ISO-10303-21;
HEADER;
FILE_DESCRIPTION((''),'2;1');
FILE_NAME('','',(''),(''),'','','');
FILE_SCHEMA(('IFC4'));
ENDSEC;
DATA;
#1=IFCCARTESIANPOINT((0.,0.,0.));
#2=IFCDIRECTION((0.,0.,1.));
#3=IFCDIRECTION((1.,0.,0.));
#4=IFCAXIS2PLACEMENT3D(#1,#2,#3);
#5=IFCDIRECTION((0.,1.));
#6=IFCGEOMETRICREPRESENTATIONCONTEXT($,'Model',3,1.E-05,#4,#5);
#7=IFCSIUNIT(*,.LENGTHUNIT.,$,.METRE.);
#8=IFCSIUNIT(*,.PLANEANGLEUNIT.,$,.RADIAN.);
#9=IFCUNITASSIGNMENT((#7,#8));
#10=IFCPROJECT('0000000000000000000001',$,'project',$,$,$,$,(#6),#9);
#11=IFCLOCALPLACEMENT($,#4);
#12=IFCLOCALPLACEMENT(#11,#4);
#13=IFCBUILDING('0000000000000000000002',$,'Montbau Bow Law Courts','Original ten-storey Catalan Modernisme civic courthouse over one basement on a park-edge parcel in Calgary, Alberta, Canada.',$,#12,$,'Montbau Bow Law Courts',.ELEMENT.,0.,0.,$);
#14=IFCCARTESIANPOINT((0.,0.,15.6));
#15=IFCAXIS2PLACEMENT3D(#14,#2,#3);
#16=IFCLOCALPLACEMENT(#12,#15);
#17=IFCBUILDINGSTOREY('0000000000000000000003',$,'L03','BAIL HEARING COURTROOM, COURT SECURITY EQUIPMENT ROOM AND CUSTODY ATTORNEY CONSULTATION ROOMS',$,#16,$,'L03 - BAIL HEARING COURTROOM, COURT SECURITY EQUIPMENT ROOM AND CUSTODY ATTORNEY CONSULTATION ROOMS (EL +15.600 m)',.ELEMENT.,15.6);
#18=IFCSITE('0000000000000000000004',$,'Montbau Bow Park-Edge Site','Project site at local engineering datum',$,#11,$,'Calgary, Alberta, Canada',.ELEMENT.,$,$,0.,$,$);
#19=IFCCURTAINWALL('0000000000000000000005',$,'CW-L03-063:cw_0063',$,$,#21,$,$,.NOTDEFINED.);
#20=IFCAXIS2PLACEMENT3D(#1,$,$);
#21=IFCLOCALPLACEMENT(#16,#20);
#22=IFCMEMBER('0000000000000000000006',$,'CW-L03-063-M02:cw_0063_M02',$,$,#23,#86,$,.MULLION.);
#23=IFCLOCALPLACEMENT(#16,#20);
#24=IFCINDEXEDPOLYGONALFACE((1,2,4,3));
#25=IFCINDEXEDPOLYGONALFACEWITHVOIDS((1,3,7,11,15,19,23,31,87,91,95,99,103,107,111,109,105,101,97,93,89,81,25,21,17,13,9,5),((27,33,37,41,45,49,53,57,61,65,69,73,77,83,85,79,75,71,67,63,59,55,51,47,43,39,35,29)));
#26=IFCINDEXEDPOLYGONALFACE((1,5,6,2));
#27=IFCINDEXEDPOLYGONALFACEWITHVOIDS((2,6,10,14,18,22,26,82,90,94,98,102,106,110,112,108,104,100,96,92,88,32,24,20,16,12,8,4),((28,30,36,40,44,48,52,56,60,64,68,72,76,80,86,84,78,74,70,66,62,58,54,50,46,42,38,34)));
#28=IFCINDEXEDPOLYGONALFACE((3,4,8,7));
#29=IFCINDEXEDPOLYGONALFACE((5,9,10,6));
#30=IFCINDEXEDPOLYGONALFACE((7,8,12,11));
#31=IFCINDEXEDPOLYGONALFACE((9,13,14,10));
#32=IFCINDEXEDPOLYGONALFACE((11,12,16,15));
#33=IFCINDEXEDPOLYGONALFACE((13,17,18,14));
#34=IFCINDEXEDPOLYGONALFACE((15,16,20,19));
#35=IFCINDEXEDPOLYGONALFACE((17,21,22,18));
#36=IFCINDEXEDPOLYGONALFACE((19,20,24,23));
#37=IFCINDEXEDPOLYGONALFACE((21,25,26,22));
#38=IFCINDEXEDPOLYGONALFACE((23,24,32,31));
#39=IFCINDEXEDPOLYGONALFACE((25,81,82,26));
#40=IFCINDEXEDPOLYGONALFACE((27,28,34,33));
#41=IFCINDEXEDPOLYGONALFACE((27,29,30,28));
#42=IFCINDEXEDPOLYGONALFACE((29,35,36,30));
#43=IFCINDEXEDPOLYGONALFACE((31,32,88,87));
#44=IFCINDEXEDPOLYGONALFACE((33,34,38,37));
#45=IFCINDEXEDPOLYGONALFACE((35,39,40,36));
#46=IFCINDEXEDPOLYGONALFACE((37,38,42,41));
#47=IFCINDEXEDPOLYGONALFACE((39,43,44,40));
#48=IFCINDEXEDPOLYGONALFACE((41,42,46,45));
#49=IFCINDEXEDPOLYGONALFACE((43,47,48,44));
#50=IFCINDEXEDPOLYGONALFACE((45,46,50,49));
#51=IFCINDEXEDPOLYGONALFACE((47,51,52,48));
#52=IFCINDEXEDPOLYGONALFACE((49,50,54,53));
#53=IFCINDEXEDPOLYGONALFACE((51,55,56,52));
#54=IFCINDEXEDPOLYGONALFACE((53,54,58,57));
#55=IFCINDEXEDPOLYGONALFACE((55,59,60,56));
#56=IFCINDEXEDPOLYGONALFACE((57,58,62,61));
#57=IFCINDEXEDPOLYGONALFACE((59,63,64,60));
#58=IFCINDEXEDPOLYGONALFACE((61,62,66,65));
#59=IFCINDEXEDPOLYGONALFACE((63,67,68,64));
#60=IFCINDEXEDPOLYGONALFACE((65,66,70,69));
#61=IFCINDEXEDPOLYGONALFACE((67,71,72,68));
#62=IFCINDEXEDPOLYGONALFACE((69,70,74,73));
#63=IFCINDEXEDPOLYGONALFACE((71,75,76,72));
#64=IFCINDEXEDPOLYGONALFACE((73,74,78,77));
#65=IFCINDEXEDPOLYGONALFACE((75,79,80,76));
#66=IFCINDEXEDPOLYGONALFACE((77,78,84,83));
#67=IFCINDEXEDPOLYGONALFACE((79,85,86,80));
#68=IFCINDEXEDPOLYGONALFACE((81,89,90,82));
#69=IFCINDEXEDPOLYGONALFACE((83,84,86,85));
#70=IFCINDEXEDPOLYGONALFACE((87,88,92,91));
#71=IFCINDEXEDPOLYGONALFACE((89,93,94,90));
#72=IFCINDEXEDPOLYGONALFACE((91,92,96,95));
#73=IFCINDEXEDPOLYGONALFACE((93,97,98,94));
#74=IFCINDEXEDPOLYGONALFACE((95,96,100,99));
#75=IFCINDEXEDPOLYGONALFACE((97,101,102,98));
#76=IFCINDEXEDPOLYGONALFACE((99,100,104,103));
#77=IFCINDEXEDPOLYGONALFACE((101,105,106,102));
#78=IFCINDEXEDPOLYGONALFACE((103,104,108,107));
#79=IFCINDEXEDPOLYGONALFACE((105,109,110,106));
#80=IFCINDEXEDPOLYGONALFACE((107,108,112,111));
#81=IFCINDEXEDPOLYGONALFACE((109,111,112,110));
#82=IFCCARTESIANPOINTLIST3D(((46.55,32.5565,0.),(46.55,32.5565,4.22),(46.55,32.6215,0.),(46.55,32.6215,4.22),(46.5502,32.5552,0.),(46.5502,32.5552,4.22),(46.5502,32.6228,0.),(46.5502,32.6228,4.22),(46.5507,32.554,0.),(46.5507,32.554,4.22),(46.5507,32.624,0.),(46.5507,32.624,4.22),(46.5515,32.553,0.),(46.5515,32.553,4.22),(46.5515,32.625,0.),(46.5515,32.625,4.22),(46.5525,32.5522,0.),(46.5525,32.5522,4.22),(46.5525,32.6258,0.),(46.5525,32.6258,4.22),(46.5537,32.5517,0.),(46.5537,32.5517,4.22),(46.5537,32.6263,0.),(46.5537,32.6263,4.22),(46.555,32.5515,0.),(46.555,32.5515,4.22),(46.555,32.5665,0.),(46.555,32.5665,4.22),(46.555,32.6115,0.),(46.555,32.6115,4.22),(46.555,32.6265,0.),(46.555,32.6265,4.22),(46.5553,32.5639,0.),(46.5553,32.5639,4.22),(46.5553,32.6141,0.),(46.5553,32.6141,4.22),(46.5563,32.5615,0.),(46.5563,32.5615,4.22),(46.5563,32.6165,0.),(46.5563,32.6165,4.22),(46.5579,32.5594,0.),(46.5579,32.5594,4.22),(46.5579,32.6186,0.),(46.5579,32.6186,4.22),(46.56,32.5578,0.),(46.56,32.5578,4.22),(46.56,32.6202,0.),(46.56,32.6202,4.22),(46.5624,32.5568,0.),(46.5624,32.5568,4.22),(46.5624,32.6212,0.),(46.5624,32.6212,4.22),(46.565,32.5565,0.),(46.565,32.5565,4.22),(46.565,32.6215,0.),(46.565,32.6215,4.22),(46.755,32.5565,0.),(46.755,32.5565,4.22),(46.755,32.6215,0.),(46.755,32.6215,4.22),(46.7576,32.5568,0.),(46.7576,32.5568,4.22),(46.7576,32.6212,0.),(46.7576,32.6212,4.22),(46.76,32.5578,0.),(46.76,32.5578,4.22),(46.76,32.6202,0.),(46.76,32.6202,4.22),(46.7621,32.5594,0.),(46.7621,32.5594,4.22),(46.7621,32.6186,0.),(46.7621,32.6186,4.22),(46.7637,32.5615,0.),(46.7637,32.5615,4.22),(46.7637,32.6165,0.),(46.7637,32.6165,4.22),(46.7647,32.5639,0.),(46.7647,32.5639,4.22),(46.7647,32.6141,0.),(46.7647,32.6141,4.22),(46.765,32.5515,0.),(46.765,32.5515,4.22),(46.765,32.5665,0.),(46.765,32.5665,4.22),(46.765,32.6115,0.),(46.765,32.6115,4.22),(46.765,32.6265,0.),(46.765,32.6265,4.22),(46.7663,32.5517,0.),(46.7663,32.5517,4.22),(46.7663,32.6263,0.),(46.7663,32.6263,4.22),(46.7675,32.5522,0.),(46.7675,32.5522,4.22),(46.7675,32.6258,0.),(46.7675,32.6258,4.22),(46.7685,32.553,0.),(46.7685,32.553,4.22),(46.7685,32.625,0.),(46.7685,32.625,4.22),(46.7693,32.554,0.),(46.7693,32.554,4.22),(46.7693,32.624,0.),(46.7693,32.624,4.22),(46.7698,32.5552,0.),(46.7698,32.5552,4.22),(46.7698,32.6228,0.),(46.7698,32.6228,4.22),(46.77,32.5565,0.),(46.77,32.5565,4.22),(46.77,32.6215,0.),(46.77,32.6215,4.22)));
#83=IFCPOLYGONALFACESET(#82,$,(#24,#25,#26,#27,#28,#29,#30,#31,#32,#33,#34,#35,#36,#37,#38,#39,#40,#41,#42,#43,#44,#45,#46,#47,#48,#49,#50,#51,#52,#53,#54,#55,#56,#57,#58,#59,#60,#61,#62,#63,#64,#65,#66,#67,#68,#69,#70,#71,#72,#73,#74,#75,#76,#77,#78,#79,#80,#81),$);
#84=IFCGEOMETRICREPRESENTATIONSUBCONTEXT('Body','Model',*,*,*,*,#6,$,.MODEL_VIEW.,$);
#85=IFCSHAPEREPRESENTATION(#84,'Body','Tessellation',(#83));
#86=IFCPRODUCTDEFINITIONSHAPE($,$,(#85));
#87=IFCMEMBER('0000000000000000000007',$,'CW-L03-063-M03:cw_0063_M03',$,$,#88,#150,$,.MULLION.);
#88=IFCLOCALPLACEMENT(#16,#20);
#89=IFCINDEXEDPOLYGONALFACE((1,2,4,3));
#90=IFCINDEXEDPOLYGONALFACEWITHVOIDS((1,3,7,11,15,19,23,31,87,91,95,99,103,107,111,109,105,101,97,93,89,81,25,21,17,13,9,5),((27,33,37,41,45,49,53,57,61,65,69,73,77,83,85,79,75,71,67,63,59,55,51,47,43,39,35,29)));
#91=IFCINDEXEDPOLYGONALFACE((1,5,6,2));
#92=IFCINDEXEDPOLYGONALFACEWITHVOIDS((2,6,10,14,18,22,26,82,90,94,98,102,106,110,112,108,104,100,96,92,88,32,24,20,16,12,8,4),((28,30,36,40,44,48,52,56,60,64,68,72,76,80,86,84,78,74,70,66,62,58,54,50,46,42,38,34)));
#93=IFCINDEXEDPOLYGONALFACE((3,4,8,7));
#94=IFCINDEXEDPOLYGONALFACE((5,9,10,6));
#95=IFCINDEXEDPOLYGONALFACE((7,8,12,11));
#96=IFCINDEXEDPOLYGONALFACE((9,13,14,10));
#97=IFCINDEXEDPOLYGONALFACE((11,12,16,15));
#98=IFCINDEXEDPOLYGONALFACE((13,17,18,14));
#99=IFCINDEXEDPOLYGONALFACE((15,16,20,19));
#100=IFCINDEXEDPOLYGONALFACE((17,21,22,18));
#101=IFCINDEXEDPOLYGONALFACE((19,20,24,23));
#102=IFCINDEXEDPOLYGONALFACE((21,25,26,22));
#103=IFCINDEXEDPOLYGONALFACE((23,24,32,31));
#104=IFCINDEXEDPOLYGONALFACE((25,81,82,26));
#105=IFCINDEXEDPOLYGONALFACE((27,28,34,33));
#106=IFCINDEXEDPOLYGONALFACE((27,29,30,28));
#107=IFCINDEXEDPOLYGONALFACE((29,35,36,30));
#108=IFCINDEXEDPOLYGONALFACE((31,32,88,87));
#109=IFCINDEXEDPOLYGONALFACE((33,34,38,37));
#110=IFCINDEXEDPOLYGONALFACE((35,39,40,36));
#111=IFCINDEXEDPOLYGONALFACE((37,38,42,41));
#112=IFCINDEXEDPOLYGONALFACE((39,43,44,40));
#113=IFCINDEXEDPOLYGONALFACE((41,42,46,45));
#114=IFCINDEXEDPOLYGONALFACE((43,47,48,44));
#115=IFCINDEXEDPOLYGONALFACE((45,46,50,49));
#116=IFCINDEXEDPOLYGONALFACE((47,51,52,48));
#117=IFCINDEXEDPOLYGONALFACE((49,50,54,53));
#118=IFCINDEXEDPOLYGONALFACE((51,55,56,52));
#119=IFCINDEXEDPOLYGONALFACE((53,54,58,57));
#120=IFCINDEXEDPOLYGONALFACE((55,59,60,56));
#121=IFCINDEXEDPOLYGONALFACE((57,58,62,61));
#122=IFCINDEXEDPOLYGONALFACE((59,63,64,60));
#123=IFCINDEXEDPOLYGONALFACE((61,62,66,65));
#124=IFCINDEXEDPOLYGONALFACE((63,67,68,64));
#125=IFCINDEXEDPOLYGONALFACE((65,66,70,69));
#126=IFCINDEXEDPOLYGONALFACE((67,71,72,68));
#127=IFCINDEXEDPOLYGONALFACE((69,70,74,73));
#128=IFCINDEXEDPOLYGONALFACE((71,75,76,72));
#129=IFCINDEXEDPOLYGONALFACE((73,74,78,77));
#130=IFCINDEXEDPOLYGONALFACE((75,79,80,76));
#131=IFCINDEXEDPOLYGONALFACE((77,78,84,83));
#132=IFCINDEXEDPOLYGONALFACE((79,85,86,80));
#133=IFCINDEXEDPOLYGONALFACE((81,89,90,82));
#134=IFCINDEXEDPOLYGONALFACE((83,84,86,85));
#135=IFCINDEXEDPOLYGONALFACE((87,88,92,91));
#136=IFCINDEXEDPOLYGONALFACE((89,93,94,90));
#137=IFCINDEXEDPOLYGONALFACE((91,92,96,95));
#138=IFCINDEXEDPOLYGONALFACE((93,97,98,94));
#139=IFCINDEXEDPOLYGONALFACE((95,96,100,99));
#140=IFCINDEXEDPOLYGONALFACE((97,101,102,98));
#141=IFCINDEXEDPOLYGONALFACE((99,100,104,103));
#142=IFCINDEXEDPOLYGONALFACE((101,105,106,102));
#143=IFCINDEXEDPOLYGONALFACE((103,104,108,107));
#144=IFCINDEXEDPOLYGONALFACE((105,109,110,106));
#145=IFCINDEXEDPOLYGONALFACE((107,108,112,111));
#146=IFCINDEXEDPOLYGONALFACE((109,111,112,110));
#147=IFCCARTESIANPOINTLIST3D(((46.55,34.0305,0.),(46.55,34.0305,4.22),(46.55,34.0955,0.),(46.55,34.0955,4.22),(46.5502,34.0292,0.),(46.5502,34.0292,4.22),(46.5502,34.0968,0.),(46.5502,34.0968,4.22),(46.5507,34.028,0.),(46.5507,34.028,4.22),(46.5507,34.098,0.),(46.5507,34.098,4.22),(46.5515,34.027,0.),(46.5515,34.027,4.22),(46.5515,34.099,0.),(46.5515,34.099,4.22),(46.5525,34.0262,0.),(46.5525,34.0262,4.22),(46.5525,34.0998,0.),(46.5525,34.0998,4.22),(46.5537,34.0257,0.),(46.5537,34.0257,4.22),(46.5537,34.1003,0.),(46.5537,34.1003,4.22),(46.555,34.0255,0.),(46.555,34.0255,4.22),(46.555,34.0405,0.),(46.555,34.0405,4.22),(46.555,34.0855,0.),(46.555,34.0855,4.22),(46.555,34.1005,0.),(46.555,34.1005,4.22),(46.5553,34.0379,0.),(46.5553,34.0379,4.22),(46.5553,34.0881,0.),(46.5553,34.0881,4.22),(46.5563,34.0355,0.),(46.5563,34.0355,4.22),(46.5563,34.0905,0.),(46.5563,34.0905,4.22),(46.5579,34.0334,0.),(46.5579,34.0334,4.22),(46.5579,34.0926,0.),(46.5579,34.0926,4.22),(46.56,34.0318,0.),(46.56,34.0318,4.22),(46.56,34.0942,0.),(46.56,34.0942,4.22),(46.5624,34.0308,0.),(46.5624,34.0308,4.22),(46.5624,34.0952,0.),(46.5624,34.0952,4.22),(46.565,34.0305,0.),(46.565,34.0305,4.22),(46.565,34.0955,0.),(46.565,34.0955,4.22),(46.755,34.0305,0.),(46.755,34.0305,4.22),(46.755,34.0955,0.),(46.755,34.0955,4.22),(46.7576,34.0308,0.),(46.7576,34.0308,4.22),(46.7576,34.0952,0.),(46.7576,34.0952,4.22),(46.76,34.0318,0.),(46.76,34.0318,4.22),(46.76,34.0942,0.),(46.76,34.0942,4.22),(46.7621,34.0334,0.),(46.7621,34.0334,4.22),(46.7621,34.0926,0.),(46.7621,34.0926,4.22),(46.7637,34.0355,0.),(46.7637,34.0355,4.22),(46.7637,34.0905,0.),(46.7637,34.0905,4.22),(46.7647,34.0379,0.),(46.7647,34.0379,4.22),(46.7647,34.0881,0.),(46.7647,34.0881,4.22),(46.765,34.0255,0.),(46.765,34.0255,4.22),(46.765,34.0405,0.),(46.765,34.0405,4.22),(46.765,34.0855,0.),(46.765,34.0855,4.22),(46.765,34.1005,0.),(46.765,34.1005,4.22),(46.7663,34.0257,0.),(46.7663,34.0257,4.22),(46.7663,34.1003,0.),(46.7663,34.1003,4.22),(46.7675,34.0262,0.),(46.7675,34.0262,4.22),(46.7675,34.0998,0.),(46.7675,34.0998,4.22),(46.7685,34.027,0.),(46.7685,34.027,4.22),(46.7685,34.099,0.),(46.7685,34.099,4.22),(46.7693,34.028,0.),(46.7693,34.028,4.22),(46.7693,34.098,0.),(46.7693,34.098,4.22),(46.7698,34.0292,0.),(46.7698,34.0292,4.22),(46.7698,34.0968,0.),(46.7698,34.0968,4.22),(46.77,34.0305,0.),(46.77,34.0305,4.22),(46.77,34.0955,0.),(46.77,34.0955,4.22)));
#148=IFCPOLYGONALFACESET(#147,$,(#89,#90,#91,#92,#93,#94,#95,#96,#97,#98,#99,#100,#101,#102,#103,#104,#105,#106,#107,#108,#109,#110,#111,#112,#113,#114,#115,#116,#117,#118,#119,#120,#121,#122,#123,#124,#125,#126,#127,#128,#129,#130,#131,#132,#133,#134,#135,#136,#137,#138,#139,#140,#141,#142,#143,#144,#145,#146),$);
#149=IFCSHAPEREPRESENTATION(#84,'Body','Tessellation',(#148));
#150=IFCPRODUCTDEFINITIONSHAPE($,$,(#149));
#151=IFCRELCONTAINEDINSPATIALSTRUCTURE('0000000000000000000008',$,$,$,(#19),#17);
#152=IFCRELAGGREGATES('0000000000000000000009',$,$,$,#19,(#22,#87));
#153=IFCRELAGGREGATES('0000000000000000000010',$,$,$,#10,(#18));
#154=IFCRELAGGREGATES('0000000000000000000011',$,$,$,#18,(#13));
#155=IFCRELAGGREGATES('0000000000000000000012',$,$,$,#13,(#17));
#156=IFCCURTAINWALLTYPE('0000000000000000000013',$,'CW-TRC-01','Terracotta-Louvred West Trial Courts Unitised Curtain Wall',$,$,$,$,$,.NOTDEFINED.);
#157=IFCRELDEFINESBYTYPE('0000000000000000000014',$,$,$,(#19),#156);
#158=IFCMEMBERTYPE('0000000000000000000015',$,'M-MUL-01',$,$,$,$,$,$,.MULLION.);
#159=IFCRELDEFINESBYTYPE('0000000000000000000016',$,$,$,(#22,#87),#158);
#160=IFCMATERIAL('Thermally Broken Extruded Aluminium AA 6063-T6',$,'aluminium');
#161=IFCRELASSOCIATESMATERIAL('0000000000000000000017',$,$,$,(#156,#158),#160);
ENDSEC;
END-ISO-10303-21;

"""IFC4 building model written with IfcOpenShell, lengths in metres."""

from ifc_helpers import new_model, si_unit, direction, frame, origin_with_axes, origin_2d_with_axis, place, context, subcontext, project, spatial, hollow_rectangle, extrude, material, material_profile, profile_set, type_object, element, aggregate, save


model = new_model("IFC4")

# Units and contexts
model_context = context("Model", 3, precision=1e-05, world=origin_with_axes(), true_north=direction((0.0, 1.0)))
body_context = subcontext(model_context, "Body", "Model", "MODEL_VIEW")
ifc_project = project(units=[si_unit("LENGTHUNIT", "METRE"), si_unit("PLANEANGLEUNIT", "RADIAN")], contexts=[model_context])

# Site, building, storey
site_placement = place(None, origin_with_axes())
site = spatial("IfcSite", under=ifc_project, at=site_placement, Name="Montbau Bow Park-Edge Site", Description="Project site at local engineering datum", LongName="Calgary, Alberta, Canada", CompositionType="ELEMENT", RefElevation=0.0)
building_placement = place(site_placement, origin_with_axes())
building = spatial("IfcBuilding", under=site, at=building_placement, Name="Montbau Bow Law Courts", Description="Original ten-storey Catalan Modernisme civic courthouse over one basement on a park-edge parcel in Calgary, Alberta, Canada.", LongName="Montbau Bow Law Courts", CompositionType="ELEMENT", ElevationOfRefHeight=0.0, ElevationOfTerrain=0.0)
storey_placement = place(building_placement, frame((0.0, 0.0, 15.6), z_axis=(0.0, 0.0, 1.0), x_axis=(1.0, 0.0, 0.0)))
storey = spatial("IfcBuildingStorey", under=building, at=storey_placement, Name="L03", Description="BAIL HEARING COURTROOM, COURT SECURITY EQUIPMENT ROOM AND CUSTODY ATTORNEY CONSULTATION ROOMS", LongName="L03 - BAIL HEARING COURTROOM, COURT SECURITY EQUIPMENT ROOM AND CUSTODY ATTORNEY CONSULTATION ROOMS (EL +15.600 m)", CompositionType="ELEMENT", Elevation=15.6)

# Curtain wall, members
ifc_material_1 = material(Name="Thermally Broken Extruded Aluminium AA 6063-T6", Category="aluminium")
curtain_wall_type = type_object("IfcCurtainWallType", Name="CW-TRC-01", Description="Terracotta-Louvred West Trial Courts Unitised Curtain Wall", PredefinedType="NOTDEFINED", material=ifc_material_1)
curtain_wall_placement = place(None, frame((46.66, 31.115, 15.6), z_axis=(0.0, 0.0, 1.0), x_axis=(1.0, 0.0, 0.0)))
curtain_wall = element("IfcCurtainWall", 1, at=curtain_wall_placement, inside=storey, type_object=curtain_wall_type, Name="CW-L03-063:cw_0063", PredefinedType="NOTDEFINED")
ifc_material_profile_1 = material_profile(ifc_material_1, hollow_rectangle(XDim=0.075, YDim=0.22, WallThickness=0.005, InnerFilletRadius=0.01, OuterFilletRadius=0.005, at=origin_2d_with_axis()), Name="CWM-220X75", Category="Main", Priority=0)
ifc_profile_set_1 = profile_set([ifc_material_profile_1], Name="Thermally Broken Extruded Aluminium AA 6063-T6")
member_type_1 = type_object("IfcMemberType", Name="M-MUL-01", PredefinedType="MULLION", material=ifc_profile_set_1)
member_1_placement = place(None, frame((46.66, 32.589, 15.6), z_axis=(0.0, 0.0, 1.0), x_axis=(0.0, 1.0, 0.0)))
member_1 = element("IfcMember", 2, at=member_1_placement, type_object=member_type_1, Name="CW-L03-063-M02:cw_0063_M02", PredefinedType="MULLION", context=body_context, shape_type="SweptSolid", body=[
    extrude(hollow_rectangle(XDim=0.075, YDim=0.22, WallThickness=0.005, InnerFilletRadius=0.01, OuterFilletRadius=0.005, at=origin_2d_with_axis()), origin_with_axes(), (0.0, 0.0, 1.0), 4.22),
])
member_2_placement = place(None, frame((46.66, 34.063, 15.6), z_axis=(0.0, 0.0, 1.0), x_axis=(0.0, 1.0, 0.0)))
member_2 = element("IfcMember", 3, at=member_2_placement, type_object=member_type_1, Name="CW-L03-063-M03:cw_0063_M03", PredefinedType="MULLION", context=body_context, shape_type="SweptSolid", body=[
    extrude(hollow_rectangle(XDim=0.075, YDim=0.22, WallThickness=0.005, InnerFilletRadius=0.01, OuterFilletRadius=0.005, at=origin_2d_with_axis()), origin_with_axes(), (0.0, 0.0, 1.0), 4.22),
])
aggregate(curtain_wall, [member_1, member_2])

save(model, "model.ifc")
